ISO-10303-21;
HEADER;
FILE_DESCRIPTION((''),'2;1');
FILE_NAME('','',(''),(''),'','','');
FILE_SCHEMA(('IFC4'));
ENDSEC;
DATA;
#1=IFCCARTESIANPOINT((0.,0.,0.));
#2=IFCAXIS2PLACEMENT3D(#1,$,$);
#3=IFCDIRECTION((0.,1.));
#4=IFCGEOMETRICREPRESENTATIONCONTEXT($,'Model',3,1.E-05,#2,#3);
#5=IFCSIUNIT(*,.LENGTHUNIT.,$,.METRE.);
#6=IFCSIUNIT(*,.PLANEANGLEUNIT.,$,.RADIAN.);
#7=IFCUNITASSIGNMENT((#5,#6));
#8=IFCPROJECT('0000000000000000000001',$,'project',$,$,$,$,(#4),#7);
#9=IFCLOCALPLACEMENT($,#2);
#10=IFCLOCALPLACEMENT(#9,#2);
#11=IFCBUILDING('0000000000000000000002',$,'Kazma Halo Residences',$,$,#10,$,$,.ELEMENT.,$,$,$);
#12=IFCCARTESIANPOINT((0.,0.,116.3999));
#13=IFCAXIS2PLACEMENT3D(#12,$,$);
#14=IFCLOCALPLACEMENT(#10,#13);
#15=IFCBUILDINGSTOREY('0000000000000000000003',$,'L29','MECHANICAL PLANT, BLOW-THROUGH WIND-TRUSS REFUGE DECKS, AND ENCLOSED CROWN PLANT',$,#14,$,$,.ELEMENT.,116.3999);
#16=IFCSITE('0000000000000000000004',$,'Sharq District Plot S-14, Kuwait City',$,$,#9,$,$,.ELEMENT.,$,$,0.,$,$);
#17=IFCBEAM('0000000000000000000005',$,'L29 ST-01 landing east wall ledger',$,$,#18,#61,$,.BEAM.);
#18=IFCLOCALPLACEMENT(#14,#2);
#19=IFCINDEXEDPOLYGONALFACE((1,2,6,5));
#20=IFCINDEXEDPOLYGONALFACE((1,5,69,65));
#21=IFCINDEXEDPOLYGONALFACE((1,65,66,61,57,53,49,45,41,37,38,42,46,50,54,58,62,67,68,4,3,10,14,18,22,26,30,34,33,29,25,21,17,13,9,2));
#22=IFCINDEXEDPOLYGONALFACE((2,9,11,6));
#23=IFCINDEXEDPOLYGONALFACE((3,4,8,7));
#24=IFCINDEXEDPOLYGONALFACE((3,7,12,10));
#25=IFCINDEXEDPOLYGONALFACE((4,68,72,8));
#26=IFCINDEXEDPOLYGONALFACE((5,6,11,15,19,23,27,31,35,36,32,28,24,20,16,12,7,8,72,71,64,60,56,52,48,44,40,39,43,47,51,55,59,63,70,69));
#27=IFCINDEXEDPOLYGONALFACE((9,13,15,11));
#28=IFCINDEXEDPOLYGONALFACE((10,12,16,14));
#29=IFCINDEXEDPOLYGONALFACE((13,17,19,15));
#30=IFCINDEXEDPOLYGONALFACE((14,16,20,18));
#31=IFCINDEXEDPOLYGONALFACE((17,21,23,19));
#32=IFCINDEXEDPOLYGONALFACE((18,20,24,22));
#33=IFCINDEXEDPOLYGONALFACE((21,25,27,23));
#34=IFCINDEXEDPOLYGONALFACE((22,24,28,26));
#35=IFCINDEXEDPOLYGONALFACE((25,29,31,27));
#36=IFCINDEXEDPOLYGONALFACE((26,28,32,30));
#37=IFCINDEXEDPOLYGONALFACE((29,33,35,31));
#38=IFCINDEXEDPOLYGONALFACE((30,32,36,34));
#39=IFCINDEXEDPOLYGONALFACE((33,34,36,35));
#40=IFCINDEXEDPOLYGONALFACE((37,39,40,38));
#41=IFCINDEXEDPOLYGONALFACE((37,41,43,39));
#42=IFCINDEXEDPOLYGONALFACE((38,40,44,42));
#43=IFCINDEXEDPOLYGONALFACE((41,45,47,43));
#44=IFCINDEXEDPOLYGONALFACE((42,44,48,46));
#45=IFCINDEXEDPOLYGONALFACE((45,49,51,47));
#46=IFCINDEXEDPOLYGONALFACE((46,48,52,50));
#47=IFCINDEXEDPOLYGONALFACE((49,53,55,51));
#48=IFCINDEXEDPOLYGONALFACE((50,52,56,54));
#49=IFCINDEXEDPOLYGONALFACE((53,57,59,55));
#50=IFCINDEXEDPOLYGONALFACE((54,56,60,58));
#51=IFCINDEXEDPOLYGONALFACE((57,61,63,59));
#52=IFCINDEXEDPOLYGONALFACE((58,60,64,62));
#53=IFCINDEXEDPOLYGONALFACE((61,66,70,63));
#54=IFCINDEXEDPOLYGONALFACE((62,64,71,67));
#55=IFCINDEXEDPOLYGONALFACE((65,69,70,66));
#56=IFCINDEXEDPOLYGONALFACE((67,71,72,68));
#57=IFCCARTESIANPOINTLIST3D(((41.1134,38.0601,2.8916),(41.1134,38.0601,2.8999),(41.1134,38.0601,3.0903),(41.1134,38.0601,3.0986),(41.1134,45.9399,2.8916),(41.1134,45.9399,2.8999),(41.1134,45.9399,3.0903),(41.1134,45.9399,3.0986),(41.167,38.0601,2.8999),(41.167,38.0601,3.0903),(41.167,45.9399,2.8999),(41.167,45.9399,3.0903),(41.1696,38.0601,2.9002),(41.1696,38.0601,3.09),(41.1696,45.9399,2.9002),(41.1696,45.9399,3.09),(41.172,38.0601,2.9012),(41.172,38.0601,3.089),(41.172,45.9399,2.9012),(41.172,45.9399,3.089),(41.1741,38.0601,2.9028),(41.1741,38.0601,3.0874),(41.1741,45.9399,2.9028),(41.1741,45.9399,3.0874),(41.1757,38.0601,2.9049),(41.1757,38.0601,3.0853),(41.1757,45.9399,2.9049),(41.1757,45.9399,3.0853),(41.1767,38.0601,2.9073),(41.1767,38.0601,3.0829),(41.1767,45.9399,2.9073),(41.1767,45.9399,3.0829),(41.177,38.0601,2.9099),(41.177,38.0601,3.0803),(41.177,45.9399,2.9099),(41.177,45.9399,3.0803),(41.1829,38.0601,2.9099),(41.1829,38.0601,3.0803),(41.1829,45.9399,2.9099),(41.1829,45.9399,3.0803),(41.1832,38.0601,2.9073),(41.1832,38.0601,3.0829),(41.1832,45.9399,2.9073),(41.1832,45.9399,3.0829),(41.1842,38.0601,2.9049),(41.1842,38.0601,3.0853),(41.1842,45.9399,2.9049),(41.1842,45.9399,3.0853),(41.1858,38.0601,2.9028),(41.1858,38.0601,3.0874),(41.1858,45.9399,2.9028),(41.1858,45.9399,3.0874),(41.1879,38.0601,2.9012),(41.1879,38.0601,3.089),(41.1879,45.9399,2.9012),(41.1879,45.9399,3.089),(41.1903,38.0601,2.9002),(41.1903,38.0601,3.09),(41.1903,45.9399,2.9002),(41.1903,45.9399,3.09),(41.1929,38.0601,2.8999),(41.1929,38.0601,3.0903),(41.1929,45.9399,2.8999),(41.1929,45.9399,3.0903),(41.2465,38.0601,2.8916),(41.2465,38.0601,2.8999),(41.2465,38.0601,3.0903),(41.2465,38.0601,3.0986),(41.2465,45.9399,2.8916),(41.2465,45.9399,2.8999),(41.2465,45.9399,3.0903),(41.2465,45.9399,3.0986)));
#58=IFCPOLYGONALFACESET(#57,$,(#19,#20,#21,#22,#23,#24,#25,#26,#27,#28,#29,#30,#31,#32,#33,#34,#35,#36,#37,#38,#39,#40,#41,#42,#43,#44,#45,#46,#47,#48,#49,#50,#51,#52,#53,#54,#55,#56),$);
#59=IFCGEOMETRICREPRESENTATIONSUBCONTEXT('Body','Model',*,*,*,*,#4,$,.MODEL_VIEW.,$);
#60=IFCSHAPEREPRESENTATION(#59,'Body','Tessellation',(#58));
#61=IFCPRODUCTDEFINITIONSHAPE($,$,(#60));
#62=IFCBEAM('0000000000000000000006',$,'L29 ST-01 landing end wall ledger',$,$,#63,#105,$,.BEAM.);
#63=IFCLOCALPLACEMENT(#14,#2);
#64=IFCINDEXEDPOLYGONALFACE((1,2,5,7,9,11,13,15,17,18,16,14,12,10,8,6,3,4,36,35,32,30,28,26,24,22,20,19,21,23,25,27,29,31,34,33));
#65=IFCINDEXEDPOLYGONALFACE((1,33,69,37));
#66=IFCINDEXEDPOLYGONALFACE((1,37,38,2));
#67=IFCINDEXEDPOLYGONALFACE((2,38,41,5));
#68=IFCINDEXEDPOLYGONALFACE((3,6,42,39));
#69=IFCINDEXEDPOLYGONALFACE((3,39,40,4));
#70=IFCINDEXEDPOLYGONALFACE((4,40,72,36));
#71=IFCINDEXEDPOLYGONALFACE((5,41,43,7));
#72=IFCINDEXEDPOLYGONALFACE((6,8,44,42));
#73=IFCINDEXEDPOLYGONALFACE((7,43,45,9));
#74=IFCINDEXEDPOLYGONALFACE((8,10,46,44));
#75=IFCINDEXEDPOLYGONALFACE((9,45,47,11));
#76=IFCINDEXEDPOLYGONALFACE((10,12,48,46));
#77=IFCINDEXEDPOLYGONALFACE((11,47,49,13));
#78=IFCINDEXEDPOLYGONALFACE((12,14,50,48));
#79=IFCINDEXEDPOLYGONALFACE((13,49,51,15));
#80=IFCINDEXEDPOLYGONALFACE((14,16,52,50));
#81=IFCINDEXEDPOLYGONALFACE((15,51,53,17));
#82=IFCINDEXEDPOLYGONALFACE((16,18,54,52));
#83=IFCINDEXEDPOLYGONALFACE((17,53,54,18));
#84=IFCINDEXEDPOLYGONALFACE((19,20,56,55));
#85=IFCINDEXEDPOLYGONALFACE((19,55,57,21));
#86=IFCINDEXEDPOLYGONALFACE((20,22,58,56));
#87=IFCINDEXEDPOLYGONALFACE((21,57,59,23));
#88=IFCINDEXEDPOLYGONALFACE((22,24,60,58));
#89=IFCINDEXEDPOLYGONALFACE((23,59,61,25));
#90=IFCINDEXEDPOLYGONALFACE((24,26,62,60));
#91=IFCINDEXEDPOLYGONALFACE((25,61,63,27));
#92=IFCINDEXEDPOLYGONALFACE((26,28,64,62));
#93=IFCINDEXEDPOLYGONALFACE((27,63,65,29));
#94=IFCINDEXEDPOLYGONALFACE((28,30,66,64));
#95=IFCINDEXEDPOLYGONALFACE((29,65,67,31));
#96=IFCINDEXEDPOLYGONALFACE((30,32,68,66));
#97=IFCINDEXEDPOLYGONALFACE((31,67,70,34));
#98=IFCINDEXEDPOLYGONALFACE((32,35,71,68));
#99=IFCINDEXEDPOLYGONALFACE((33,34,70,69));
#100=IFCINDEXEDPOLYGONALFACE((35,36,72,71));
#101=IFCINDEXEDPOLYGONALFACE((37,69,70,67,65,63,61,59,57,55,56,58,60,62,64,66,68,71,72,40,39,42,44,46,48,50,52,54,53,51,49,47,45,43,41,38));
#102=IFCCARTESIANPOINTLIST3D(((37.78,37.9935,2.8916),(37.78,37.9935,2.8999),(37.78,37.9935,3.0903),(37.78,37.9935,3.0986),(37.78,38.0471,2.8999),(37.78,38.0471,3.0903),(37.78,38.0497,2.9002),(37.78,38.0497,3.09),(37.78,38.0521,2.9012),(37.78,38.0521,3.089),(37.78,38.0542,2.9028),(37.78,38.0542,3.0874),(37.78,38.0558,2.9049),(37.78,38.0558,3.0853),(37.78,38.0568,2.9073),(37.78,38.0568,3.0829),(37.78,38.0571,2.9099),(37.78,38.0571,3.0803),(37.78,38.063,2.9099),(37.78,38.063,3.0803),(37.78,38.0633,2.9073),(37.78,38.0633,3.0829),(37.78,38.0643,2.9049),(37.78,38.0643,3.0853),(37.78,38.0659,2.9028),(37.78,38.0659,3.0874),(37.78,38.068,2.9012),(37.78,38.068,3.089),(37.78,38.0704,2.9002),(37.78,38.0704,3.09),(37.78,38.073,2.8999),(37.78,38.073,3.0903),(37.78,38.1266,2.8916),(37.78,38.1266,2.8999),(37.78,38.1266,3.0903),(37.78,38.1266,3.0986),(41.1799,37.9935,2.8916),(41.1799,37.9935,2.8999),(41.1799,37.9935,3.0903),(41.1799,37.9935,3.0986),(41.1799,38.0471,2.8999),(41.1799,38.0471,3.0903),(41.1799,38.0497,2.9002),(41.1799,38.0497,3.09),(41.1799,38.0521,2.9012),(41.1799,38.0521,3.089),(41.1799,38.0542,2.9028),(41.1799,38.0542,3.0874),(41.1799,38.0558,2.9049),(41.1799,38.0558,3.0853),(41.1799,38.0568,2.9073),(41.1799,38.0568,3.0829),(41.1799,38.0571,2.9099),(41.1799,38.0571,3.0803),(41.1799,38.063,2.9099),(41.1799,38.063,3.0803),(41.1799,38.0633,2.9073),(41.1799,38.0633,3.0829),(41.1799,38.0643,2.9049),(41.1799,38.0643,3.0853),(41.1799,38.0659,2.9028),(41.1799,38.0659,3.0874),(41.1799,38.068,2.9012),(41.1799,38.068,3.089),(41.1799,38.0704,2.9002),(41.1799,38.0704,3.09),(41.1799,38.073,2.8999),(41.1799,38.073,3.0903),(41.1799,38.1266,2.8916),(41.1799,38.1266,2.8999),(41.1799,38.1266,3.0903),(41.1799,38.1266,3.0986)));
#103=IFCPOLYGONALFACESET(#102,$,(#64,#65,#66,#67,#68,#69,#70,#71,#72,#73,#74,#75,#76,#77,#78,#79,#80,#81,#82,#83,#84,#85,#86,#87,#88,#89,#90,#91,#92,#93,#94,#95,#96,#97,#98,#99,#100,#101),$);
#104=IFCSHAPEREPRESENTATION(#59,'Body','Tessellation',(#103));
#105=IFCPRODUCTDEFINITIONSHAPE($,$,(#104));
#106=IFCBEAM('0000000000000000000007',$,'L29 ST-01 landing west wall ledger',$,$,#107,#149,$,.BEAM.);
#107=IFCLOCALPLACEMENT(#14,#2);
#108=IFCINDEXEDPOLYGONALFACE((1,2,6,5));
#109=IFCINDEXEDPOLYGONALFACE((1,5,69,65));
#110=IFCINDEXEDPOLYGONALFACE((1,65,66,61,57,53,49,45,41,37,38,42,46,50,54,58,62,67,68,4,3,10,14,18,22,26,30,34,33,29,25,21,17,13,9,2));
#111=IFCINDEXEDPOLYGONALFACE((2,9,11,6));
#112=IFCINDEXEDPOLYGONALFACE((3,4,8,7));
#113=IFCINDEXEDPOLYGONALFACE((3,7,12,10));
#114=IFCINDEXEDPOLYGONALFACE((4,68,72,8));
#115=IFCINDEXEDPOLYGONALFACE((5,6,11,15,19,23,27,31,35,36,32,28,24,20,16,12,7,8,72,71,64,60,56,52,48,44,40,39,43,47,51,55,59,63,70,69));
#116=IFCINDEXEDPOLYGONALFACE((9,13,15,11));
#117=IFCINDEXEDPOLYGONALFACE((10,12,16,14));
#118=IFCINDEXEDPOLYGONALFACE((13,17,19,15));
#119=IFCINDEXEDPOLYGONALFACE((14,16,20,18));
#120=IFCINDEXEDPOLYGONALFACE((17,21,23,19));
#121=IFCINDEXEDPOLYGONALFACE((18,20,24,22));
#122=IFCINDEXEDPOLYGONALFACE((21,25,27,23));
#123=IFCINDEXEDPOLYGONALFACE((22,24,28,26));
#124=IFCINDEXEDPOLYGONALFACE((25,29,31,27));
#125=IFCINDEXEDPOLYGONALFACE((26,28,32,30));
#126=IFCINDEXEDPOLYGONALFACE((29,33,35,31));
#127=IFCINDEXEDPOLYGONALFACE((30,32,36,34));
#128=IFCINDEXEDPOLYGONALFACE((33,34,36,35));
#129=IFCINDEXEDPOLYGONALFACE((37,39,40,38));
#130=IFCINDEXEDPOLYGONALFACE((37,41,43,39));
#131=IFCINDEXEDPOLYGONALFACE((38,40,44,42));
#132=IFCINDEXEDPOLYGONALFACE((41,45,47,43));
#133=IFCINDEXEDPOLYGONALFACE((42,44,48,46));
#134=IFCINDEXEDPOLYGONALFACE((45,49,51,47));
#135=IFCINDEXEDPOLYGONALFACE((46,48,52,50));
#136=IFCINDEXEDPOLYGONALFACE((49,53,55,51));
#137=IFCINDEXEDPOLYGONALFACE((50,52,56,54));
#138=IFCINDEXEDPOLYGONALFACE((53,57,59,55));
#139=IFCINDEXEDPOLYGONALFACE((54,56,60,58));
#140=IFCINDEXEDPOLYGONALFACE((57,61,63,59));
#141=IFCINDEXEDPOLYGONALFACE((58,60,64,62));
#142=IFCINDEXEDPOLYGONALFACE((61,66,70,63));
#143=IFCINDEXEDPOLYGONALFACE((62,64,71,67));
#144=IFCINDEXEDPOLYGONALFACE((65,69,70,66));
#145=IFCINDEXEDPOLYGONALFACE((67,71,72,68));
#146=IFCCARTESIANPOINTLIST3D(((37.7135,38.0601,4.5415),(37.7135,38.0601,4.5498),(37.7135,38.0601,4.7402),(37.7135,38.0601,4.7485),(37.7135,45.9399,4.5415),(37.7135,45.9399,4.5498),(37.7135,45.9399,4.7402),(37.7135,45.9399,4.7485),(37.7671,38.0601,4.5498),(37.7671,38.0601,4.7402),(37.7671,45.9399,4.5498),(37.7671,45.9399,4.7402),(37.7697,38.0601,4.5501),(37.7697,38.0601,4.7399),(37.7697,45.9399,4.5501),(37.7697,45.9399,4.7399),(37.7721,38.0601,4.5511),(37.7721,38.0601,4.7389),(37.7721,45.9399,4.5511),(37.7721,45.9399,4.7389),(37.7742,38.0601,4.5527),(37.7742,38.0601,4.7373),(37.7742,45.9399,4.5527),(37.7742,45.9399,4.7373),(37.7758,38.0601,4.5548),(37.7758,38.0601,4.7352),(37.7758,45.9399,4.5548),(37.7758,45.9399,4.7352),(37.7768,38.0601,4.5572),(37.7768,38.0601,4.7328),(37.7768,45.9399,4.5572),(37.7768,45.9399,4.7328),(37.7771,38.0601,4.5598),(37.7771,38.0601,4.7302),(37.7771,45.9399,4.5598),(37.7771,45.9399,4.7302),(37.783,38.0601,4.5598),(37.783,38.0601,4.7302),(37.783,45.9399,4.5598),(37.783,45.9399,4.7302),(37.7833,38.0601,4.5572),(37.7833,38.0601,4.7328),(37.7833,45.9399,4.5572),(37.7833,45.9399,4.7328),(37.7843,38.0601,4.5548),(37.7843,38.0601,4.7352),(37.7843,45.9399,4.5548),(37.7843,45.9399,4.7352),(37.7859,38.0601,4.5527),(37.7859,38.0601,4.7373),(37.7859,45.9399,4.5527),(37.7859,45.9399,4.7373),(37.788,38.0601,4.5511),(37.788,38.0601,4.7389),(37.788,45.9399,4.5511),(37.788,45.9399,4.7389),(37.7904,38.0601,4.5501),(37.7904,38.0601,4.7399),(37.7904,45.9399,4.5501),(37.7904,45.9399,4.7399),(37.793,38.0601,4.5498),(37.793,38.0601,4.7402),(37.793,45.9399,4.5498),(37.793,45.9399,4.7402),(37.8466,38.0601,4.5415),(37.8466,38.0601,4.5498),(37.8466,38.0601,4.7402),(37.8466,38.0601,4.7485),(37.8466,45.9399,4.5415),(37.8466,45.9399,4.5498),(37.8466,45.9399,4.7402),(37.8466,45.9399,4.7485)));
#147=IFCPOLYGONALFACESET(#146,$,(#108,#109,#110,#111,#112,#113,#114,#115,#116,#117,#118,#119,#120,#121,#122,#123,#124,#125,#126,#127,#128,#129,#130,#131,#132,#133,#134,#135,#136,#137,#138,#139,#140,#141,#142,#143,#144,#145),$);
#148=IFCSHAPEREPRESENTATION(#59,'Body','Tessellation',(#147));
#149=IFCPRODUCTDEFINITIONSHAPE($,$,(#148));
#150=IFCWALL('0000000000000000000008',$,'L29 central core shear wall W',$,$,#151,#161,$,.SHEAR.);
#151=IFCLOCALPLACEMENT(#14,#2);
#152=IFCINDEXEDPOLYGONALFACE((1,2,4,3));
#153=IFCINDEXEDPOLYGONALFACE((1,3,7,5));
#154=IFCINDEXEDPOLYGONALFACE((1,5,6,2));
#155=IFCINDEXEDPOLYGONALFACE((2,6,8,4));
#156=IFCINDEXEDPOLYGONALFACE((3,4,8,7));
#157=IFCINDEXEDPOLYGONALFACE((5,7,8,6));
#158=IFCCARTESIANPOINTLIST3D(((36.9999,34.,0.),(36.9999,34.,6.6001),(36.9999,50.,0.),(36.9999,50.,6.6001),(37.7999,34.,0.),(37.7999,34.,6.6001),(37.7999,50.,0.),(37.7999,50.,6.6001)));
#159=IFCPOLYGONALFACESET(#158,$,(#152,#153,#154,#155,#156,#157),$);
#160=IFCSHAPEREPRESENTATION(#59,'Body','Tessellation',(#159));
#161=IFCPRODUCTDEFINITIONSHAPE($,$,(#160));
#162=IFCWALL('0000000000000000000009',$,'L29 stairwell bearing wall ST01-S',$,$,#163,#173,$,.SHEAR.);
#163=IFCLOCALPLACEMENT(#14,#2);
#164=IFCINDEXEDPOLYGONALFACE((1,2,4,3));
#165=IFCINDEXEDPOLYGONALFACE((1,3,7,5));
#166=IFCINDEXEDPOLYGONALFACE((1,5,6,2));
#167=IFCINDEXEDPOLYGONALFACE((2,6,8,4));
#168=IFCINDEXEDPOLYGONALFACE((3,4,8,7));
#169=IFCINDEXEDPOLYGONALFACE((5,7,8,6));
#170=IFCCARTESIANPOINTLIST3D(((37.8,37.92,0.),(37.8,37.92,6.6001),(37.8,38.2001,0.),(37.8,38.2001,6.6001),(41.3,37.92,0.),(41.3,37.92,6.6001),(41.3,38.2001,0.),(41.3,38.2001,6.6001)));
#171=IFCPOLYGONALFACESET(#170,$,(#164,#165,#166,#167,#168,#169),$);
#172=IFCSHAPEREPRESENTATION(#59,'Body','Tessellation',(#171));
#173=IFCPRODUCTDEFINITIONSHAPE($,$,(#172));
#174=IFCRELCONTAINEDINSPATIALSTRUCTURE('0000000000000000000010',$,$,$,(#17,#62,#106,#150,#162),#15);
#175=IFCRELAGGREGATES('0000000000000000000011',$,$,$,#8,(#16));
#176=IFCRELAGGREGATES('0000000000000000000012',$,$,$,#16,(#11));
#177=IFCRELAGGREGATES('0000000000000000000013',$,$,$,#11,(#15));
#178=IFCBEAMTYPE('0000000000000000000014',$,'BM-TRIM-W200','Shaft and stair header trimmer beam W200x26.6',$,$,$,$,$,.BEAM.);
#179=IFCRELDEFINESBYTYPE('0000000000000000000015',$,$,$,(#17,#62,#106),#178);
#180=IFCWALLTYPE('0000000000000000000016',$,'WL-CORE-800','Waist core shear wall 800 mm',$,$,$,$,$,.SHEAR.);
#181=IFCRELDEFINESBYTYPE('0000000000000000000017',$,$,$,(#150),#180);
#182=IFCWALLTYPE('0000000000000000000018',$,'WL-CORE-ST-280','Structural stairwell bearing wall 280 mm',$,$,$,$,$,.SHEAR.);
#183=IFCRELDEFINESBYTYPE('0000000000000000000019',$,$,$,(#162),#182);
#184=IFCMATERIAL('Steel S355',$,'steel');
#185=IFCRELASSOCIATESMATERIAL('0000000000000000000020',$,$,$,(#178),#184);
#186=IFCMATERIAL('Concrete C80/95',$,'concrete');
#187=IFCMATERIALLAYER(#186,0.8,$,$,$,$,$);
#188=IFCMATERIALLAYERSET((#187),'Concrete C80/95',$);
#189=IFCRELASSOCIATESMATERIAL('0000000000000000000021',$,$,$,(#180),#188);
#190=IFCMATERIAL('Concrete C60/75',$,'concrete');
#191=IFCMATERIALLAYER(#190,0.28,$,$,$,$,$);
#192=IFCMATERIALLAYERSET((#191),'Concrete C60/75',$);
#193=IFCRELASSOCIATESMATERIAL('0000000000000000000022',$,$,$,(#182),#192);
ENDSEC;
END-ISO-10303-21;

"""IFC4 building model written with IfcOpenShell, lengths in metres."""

from ifc_helpers import new_model, si_unit, direction, frame, frame_2d, origin, origin_2d, place, context, subcontext, project, spatial, rectangle, i_section, extrude, material, layer, layer_set, material_profile, profile_set, type_object, element, save


model = new_model("IFC4")

# Units and contexts
model_context = context("Model", 3, precision=1e-05, world=origin(), true_north=direction((0.0, 1.0)))
body_context = subcontext(model_context, "Body", "Model", "MODEL_VIEW")
ifc_project = project(units=[si_unit("LENGTHUNIT", "METRE"), si_unit("PLANEANGLEUNIT", "RADIAN")], contexts=[model_context])

# Site, building, storey
site_placement = place(None, origin())
site = spatial("IfcSite", under=ifc_project, at=site_placement, Name="Sharq District Plot S-14, Kuwait City", CompositionType="ELEMENT", RefElevation=0.0)
building_placement = place(site_placement, origin())
building = spatial("IfcBuilding", under=site, at=building_placement, Name="Kazma Halo Residences", CompositionType="ELEMENT")
storey_placement = place(building_placement, frame((0.0, 0.0, 116.3999)))
storey = spatial("IfcBuildingStorey", under=building, at=storey_placement, Name="L29", Description="MECHANICAL PLANT, BLOW-THROUGH WIND-TRUSS REFUGE DECKS, AND ENCLOSED CROWN PLANT", CompositionType="ELEMENT", Elevation=116.3999)

# Beams
ifc_material_1 = material(Name="Steel S355", Category="steel")
ifc_material_profile_1 = material_profile(ifc_material_1, i_section(OverallWidth=0.1331, OverallDepth=0.207, WebThickness=0.0059, FlangeThickness=0.0083, FilletRadius=0.01, at=origin_2d()), Name="W200x26.6")
ifc_profile_set_1 = profile_set([ifc_material_profile_1], Name="Steel S355")
beam_type_1 = type_object("IfcBeamType", Name="BM-TRIM-W200", Description="Shaft and stair header trimmer beam W200x26.6", PredefinedType="BEAM", material=ifc_profile_set_1)
for number, where, z_axis, x_axis, name in (
    (1, (41.1799, 38.0601, 2.9951), (0.0, 1.0, 0.0), (-1.0, 0.0, 0.0), "L29 ST-01 landing east wall ledger"),
):
    element("IfcBeam", number, at=place(storey_placement, frame(where, z_axis=z_axis, x_axis=x_axis)), inside=storey, type_object=beam_type_1, Name=name, PredefinedType="BEAM", context=body_context, shape_type="SweptSolid", body=[
        extrude(i_section(OverallWidth=0.1331, OverallDepth=0.207, WebThickness=0.0059, FlangeThickness=0.0083, FilletRadius=0.01, at=origin_2d()), origin(), (0.0, 0.0, 1.0), 7.8799),
    ])
beam_1_placement = place(storey_placement, frame((37.78, 38.0601, 2.9951), z_axis=(1.0, 0.0, 0.0), x_axis=(0.0, 1.0, 0.0)))
element("IfcBeam", 2, at=beam_1_placement, inside=storey, type_object=beam_type_1, Name="L29 ST-01 landing end wall ledger", PredefinedType="BEAM", context=body_context, shape_type="SweptSolid", body=[
    extrude(i_section(OverallWidth=0.1331, OverallDepth=0.207, WebThickness=0.0059, FlangeThickness=0.0083, FilletRadius=0.01, at=origin_2d()), origin(), (0.0, 0.0, 1.0), 3.3999),
])
beam_2_placement = place(storey_placement, frame((37.78, 38.0601, 4.645), z_axis=(0.0, 1.0, 0.0), x_axis=(-1.0, 0.0, 0.0)))
element("IfcBeam", 3, at=beam_2_placement, inside=storey, type_object=beam_type_1, Name="L29 ST-01 landing west wall ledger", PredefinedType="BEAM", context=body_context, shape_type="SweptSolid", body=[
    extrude(i_section(OverallWidth=0.1331, OverallDepth=0.207, WebThickness=0.0059, FlangeThickness=0.0083, FilletRadius=0.01, at=origin_2d()), origin(), (0.0, 0.0, 1.0), 7.8799),
])

# Walls
ifc_material_2 = material(Name="Concrete C80/95", Category="concrete")
ifc_layer_1 = layer(ifc_material_2, 0.8)
ifc_layer_set_1 = layer_set([ifc_layer_1], Name="Concrete C80/95")
wall_type_1 = type_object("IfcWallType", Name="WL-CORE-800", Description="Waist core shear wall 800 mm", PredefinedType="SHEAR", material=ifc_layer_set_1)
wall_1_placement = place(storey_placement, frame((37.3999, 34.0, 0.0), z_axis=(0.0, 0.0, 1.0), x_axis=(0.0, 1.0, 0.0)))
element("IfcWall", 4, at=wall_1_placement, inside=storey, type_object=wall_type_1, Name="L29 central core shear wall W", PredefinedType="SHEAR", context=body_context, shape_type="SweptSolid", body=[
    extrude(rectangle(XDim=16.0, YDim=0.8, at=frame_2d((8.0, 0.0))), origin(), (0.0, 0.0, 1.0), 6.6001),
])
ifc_material_3 = material(Name="Concrete C60/75", Category="concrete")
ifc_layer_2 = layer(ifc_material_3, 0.28)
ifc_layer_set_2 = layer_set([ifc_layer_2], Name="Concrete C60/75")
wall_type_2 = type_object("IfcWallType", Name="WL-CORE-ST-280", Description="Structural stairwell bearing wall 280 mm", PredefinedType="SHEAR", material=ifc_layer_set_2)
wall_2_placement = place(storey_placement, frame((37.8, 38.0601, 0.0), z_axis=(0.0, 0.0, 1.0), x_axis=(1.0, 0.0, 0.0)))
element("IfcWall", 5, at=wall_2_placement, inside=storey, type_object=wall_type_2, Name="L29 stairwell bearing wall ST01-S", PredefinedType="SHEAR", context=body_context, shape_type="SweptSolid", body=[
    extrude(rectangle(XDim=3.5, YDim=0.28, at=frame_2d((1.75, 0.0))), origin(), (0.0, 0.0, 1.0), 6.6001),
])

save(model, "model.ifc")
